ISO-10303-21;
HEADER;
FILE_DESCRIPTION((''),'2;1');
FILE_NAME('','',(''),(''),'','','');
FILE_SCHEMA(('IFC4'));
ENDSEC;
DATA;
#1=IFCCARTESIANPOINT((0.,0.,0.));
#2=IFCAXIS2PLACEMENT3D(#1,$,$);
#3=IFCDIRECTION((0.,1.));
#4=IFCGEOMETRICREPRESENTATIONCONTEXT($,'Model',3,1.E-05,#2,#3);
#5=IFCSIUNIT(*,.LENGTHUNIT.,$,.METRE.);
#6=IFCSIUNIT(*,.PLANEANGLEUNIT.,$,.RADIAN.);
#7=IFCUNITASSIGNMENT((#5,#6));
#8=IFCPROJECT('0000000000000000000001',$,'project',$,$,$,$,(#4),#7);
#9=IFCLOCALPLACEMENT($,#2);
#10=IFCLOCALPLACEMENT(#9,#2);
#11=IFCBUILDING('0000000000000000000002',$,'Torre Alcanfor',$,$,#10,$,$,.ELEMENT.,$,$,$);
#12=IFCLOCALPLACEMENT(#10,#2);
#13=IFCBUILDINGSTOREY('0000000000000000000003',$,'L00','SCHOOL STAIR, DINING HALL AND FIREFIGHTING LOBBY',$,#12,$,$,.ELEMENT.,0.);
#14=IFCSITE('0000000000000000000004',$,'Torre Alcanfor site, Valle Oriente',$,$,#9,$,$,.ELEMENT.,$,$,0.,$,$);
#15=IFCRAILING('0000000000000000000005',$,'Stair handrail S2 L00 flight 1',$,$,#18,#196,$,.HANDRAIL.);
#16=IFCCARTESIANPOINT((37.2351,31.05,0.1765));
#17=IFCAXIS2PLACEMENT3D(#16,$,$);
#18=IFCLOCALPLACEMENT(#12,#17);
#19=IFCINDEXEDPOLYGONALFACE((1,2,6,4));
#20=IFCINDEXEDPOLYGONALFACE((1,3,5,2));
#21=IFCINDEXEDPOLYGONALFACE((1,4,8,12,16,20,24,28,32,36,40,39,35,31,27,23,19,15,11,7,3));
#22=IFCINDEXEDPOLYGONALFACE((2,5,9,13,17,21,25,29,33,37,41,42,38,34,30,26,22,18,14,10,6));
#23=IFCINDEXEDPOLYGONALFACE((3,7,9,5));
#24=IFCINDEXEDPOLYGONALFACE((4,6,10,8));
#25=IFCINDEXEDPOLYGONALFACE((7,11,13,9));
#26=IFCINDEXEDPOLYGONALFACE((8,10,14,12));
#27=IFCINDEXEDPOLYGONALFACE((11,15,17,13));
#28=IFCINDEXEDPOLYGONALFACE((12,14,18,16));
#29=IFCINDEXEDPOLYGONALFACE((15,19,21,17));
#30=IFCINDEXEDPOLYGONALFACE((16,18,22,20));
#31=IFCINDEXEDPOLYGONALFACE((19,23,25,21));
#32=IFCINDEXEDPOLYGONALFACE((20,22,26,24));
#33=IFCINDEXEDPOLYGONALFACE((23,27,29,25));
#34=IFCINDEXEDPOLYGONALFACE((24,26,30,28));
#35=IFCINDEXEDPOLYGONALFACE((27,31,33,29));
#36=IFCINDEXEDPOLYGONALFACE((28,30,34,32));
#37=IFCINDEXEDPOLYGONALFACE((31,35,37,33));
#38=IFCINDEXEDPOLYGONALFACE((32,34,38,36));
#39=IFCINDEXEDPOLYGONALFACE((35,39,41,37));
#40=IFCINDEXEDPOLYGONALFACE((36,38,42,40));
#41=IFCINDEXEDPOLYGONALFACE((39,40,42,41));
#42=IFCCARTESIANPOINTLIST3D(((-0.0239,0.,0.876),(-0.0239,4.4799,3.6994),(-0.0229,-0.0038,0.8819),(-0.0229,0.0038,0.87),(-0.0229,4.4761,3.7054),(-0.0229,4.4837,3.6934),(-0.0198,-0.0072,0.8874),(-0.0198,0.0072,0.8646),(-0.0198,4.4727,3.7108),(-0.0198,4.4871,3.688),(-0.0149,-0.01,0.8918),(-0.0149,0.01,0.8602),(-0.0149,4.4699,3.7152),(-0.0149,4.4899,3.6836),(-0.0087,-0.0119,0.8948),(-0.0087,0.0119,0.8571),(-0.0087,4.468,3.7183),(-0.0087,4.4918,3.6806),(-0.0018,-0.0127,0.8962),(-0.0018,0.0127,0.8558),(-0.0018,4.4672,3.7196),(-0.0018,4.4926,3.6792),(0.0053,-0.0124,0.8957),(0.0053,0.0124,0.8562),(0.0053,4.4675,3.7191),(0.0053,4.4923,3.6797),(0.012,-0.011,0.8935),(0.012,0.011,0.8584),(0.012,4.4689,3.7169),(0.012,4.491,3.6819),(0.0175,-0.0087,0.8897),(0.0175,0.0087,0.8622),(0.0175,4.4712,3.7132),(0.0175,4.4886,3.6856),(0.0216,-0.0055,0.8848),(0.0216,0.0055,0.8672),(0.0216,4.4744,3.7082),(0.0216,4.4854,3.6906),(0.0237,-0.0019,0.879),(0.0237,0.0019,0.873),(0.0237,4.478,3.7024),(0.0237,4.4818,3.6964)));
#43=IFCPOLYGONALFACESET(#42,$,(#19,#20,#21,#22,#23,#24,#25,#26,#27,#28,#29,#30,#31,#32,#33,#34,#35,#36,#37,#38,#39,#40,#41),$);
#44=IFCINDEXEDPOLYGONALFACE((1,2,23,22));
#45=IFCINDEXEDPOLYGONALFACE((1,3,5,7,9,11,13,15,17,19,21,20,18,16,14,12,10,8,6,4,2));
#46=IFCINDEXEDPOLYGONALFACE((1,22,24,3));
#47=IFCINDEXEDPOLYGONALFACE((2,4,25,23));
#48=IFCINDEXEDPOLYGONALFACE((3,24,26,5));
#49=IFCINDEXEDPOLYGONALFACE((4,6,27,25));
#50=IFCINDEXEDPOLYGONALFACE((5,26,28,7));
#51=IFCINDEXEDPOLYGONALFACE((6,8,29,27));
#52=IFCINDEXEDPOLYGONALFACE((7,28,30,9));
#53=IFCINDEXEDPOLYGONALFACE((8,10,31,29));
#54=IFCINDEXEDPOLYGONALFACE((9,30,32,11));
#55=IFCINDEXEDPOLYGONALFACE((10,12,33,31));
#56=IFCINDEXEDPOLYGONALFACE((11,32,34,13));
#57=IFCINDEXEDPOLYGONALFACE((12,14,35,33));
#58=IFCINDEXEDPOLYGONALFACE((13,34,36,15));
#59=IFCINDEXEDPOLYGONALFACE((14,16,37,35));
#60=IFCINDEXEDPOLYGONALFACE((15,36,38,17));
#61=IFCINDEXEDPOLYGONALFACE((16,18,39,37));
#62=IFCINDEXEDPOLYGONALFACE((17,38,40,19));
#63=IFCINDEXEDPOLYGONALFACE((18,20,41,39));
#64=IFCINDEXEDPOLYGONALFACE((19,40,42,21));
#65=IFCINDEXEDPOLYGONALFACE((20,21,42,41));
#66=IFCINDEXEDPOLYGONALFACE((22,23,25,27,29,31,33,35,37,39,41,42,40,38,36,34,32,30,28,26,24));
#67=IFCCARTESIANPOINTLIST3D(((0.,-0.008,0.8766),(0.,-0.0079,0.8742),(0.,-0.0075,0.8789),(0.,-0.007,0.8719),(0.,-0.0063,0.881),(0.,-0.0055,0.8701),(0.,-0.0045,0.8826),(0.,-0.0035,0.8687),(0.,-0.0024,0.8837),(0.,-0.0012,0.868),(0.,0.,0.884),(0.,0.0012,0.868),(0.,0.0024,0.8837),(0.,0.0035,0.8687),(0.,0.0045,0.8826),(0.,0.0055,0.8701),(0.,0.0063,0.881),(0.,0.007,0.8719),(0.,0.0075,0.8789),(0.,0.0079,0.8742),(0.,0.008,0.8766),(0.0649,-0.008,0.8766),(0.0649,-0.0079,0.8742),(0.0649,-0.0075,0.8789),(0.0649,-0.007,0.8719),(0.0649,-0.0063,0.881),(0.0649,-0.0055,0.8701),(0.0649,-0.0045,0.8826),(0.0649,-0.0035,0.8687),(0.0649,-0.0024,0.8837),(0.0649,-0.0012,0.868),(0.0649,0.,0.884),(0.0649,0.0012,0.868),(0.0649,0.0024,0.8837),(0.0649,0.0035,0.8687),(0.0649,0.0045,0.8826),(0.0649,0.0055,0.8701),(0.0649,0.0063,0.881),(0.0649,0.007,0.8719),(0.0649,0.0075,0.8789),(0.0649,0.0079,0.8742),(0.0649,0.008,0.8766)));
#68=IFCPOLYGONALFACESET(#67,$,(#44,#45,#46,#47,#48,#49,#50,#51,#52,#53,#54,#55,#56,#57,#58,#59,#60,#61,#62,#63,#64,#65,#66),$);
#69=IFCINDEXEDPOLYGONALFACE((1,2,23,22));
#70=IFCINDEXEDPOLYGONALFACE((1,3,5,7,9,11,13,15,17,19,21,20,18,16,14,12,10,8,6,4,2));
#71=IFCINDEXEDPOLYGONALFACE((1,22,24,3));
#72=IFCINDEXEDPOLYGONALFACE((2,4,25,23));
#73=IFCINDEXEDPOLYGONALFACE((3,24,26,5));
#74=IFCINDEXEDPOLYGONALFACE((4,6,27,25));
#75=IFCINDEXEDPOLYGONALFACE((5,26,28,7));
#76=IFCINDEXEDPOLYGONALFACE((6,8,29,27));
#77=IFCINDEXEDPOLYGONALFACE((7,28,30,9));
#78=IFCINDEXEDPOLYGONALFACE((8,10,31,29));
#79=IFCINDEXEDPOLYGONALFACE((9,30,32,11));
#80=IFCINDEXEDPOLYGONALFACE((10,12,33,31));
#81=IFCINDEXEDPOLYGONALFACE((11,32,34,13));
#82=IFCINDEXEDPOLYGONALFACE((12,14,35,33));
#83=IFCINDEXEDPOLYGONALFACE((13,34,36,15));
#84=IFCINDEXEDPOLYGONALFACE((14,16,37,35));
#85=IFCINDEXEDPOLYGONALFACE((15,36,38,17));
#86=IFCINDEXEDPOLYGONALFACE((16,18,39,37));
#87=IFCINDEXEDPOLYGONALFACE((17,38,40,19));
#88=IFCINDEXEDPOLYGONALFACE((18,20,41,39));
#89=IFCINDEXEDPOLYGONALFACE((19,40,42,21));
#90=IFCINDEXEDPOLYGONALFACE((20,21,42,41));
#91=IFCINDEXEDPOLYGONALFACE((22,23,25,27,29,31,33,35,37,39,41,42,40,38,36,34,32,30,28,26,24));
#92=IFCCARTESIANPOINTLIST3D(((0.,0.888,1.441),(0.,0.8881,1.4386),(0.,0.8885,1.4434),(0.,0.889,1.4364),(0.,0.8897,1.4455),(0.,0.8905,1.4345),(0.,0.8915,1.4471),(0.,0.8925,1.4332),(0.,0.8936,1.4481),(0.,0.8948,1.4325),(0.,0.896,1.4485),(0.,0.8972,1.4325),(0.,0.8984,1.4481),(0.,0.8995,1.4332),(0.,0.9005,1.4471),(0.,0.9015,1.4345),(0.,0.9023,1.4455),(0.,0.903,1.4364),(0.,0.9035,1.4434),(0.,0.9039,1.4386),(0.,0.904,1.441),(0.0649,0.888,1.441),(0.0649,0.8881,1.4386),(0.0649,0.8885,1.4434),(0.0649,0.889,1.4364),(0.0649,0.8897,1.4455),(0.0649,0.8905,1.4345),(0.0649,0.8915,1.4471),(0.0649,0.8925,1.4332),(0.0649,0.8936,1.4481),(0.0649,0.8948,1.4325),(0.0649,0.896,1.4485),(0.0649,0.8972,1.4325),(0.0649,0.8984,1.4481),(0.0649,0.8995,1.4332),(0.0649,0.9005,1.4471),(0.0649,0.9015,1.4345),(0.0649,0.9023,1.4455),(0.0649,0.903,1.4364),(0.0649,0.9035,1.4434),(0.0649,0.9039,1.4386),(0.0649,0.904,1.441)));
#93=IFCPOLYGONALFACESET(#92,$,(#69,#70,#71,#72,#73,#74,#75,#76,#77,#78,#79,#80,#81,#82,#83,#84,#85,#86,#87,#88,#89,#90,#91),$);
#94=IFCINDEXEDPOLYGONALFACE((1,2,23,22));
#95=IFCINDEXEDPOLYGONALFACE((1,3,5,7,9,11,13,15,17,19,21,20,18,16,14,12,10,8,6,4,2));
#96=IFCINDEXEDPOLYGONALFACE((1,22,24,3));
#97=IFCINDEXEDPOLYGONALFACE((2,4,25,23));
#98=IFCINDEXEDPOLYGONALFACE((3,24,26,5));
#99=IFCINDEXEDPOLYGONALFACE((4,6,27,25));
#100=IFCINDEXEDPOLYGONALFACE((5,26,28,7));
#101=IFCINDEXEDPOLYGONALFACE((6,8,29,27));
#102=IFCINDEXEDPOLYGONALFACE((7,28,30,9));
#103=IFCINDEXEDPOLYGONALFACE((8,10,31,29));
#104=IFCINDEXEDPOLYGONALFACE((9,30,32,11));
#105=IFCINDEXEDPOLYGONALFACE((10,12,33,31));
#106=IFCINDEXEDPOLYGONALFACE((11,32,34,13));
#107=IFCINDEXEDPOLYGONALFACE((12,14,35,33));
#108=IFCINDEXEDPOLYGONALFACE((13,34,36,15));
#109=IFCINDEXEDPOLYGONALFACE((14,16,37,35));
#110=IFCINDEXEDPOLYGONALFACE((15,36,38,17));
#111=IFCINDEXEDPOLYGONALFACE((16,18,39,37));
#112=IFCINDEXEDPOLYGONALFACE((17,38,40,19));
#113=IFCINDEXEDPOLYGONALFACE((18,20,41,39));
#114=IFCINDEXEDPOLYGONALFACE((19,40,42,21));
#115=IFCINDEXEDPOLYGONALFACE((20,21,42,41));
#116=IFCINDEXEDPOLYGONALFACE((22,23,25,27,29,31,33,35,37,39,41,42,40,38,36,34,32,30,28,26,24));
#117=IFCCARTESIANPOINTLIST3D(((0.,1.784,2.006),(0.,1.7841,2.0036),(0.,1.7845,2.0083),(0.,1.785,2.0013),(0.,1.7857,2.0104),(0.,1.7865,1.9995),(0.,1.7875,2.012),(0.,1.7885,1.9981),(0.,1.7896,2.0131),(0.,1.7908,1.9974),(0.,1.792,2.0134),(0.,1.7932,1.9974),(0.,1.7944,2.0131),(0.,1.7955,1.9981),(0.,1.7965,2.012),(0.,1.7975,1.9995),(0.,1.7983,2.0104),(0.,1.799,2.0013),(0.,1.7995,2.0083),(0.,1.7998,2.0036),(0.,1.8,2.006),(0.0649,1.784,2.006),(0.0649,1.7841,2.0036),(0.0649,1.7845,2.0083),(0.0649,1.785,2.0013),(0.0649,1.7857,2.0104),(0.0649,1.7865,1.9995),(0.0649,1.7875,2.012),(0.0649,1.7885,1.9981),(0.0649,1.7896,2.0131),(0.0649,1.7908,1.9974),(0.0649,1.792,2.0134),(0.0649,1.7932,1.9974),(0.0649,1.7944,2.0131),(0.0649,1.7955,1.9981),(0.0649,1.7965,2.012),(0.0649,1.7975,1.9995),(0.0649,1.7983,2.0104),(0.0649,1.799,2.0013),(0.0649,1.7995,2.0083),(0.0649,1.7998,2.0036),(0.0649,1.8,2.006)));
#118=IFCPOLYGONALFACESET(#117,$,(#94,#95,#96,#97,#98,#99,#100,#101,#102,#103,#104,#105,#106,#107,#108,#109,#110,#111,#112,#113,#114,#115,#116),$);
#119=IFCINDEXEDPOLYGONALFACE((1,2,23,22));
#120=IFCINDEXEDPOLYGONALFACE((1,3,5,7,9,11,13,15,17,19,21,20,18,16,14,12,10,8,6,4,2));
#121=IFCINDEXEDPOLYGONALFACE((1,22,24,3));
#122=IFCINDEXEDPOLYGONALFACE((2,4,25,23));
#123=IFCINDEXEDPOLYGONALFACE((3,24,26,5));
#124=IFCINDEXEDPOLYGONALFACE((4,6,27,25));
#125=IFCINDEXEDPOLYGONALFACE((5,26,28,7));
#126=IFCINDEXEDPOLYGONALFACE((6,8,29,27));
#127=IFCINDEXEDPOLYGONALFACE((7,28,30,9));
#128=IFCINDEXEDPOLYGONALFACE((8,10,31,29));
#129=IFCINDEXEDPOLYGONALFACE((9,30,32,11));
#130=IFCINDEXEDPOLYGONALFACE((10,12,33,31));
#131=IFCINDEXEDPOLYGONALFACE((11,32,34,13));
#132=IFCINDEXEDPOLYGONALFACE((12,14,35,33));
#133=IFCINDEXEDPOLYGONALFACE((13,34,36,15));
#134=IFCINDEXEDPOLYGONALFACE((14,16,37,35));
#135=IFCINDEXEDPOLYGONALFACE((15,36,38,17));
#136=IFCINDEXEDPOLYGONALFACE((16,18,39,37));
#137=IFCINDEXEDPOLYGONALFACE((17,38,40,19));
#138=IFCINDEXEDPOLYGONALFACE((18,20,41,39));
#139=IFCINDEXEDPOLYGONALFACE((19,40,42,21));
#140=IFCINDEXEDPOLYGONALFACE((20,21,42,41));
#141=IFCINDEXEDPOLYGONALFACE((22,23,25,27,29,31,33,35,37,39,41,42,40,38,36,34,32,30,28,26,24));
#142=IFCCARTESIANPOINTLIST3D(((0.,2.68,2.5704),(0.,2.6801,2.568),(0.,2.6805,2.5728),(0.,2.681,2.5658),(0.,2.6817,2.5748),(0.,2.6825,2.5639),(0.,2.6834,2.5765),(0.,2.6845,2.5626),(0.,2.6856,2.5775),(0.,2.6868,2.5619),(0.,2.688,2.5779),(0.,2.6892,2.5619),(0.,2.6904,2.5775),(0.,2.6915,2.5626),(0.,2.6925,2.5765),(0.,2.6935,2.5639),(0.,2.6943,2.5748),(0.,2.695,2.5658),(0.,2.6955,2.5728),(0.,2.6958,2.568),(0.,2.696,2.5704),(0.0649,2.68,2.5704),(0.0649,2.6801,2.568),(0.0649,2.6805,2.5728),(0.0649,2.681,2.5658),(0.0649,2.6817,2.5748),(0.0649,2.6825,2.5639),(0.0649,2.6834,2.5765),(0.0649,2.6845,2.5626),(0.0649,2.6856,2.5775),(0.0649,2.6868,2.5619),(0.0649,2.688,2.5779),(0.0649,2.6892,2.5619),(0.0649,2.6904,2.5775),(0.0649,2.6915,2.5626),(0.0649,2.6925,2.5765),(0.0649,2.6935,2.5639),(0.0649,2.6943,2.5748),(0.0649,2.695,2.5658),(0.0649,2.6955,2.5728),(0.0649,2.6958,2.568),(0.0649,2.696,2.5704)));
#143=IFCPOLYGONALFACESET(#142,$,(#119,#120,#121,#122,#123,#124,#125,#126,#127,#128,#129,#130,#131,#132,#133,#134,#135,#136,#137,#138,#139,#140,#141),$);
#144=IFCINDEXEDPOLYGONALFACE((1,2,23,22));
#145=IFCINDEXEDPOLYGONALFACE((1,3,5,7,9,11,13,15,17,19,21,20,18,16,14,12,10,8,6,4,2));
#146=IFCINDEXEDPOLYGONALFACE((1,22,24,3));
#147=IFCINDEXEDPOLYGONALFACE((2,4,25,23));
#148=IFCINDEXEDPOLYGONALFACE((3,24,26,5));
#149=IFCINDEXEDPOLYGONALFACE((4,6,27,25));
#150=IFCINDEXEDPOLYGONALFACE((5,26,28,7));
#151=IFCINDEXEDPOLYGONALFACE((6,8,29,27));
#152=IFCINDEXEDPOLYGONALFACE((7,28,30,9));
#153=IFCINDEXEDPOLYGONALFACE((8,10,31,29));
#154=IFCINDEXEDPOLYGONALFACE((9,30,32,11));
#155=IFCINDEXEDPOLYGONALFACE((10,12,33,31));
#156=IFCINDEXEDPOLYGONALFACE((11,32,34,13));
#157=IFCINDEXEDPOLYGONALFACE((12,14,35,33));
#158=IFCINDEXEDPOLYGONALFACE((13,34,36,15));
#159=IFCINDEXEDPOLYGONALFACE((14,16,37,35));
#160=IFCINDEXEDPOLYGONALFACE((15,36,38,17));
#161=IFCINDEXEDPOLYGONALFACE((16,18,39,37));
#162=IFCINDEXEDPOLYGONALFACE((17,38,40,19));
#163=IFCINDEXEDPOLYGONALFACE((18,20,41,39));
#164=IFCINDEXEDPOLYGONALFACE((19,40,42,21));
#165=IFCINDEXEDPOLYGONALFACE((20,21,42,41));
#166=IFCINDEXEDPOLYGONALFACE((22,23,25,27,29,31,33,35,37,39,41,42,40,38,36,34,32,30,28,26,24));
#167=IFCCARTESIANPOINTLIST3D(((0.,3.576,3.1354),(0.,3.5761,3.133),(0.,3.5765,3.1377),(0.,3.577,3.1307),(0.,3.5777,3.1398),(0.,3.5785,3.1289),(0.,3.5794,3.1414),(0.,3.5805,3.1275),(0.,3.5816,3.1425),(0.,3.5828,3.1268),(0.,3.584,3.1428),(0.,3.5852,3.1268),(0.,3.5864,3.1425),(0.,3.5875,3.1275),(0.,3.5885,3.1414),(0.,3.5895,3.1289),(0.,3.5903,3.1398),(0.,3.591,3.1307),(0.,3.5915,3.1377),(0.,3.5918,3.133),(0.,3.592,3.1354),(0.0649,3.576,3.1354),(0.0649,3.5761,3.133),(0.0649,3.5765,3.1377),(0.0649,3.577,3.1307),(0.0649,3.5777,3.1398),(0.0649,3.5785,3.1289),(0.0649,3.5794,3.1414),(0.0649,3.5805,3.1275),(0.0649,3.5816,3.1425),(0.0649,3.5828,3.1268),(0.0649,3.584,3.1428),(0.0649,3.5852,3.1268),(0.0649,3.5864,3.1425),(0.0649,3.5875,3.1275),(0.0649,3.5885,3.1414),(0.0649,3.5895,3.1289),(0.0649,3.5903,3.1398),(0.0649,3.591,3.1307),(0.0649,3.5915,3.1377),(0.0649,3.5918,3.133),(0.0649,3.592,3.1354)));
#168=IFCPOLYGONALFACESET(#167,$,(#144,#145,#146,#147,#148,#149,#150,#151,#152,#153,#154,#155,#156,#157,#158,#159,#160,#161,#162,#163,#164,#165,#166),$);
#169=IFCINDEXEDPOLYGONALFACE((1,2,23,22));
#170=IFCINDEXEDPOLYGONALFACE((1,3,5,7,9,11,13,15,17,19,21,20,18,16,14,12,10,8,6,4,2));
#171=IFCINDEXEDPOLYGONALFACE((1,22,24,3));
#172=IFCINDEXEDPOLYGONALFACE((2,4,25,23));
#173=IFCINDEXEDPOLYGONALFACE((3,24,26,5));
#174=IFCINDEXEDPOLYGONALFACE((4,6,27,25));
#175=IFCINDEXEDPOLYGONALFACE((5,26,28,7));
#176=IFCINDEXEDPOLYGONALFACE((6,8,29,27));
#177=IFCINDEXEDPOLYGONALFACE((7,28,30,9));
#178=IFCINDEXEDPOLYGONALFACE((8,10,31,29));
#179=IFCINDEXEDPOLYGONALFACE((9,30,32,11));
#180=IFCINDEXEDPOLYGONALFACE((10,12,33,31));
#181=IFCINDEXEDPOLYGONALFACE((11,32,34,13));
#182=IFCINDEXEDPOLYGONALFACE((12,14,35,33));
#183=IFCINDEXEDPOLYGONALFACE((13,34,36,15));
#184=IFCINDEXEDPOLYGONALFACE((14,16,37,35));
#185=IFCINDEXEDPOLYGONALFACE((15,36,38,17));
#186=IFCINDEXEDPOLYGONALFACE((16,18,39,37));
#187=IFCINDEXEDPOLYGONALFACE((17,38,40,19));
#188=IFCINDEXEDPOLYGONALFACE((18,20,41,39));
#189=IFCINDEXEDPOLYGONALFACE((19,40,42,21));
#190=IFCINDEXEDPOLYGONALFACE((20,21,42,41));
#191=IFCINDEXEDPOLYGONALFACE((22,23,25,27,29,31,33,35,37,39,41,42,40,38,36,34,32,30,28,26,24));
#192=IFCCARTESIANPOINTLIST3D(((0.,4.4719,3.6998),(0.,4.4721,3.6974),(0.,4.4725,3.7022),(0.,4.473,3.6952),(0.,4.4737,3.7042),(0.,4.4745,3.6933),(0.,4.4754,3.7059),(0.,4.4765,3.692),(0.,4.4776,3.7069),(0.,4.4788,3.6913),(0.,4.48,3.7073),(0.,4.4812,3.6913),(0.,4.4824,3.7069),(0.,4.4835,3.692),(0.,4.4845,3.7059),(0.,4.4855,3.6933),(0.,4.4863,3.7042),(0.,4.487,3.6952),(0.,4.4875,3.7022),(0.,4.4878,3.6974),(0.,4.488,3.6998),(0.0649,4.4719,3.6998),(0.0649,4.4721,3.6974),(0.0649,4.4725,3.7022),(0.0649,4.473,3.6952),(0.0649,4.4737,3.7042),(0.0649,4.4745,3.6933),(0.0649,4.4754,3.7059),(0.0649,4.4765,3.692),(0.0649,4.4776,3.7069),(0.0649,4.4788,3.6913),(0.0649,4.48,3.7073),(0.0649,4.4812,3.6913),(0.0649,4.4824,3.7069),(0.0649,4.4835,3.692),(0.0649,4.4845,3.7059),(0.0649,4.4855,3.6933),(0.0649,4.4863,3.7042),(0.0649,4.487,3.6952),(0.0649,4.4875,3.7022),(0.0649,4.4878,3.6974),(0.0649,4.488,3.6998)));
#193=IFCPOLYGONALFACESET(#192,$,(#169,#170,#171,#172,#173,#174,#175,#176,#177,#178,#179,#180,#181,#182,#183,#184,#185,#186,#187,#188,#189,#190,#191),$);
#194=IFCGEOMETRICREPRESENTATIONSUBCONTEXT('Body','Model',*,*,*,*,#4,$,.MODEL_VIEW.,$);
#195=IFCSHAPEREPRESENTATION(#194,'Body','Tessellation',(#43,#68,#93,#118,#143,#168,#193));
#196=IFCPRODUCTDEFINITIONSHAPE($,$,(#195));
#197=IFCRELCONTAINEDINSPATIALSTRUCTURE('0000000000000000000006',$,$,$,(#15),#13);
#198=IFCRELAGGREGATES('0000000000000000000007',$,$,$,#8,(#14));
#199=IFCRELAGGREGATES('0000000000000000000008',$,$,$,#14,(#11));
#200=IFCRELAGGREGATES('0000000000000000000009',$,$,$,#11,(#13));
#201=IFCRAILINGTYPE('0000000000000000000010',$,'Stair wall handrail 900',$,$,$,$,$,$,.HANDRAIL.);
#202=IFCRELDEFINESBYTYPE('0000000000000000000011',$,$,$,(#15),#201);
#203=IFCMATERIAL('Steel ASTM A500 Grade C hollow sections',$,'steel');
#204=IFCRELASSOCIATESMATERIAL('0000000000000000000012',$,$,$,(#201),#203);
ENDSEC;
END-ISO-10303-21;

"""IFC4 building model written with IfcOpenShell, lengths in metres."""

from ifc_helpers import new_model, si_unit, direction, frame, origin, origin_2d, place, context, subcontext, project, spatial, circle, extrude, material, type_object, element, save


model = new_model("IFC4")

# Units and contexts
model_context = context("Model", 3, precision=1e-05, world=origin(), true_north=direction((0.0, 1.0)))
body_context = subcontext(model_context, "Body", "Model", "MODEL_VIEW")
ifc_project = project(units=[si_unit("LENGTHUNIT", "METRE"), si_unit("PLANEANGLEUNIT", "RADIAN")], contexts=[model_context])

# Site, building, storey
site_placement = place(None, origin())
site = spatial("IfcSite", under=ifc_project, at=site_placement, Name="Torre Alcanfor site, Valle Oriente", CompositionType="ELEMENT", RefElevation=0.0)
building_placement = place(site_placement, origin())
building = spatial("IfcBuilding", under=site, at=building_placement, Name="Torre Alcanfor", CompositionType="ELEMENT")
storey_placement = place(building_placement, origin())
storey = spatial("IfcBuildingStorey", under=building, at=storey_placement, Name="L00", Description="SCHOOL STAIR, DINING HALL AND FIREFIGHTING LOBBY", CompositionType="ELEMENT", Elevation=0.0)

# Railing
ifc_material_1 = material(Name="Steel ASTM A500 Grade C hollow sections", Category="steel")
railing_type_1 = type_object("IfcRailingType", Name="Stair wall handrail 900", PredefinedType="HANDRAIL", material=ifc_material_1)
railing_1_placement = place(storey_placement, frame((37.2351, 31.05, 0.1765)))
element("IfcRailing", 1, at=railing_1_placement, inside=storey, type_object=railing_type_1, Name="Stair handrail S2 L00 flight 1", PredefinedType="HANDRAIL", context=body_context, shape_type="SweptSolid", body=[
    extrude(circle(Radius=0.0239, at=origin_2d()), frame((0.0, 0.0, 0.876), z_axis=(0.0, 0.845998, 0.533186), x_axis=(-1.0, 0.0, 0.0)), (0.0, 0.0, 1.0), 5.2954),
    extrude(circle(Radius=0.0081, at=origin_2d()), frame((0.0, 0.0, 0.876), z_axis=(1.0, 0.0, 0.0), x_axis=(0.0, 0.0, 1.0)), (0.0, 0.0, 1.0), 0.0649),
    extrude(circle(Radius=0.0081, at=origin_2d()), frame((0.0, 0.896, 1.4404), z_axis=(1.0, 0.0, 0.0), x_axis=(0.0, 0.0, 1.0)), (0.0, 0.0, 1.0), 0.0649),
    extrude(circle(Radius=0.0081, at=origin_2d()), frame((0.0, 1.792, 2.0054), z_axis=(1.0, 0.0, 0.0), x_axis=(0.0, 0.0, 1.0)), (0.0, 0.0, 1.0), 0.0649),
    extrude(circle(Radius=0.0081, at=origin_2d()), frame((0.0, 2.688, 2.5698), z_axis=(1.0, 0.0, 0.0), x_axis=(0.0, 0.0, 1.0)), (0.0, 0.0, 1.0), 0.0649),
    extrude(circle(Radius=0.0081, at=origin_2d()), frame((0.0, 3.584, 3.1348), z_axis=(1.0, 0.0, 0.0), x_axis=(0.0, 0.0, 1.0)), (0.0, 0.0, 1.0), 0.0649),
    extrude(circle(Radius=0.0081, at=origin_2d()), frame((0.0, 4.48, 3.6992), z_axis=(1.0, 0.0, 0.0), x_axis=(0.0, 0.0, 1.0)), (0.0, 0.0, 1.0), 0.0649),
])

save(model, "model.ifc")
